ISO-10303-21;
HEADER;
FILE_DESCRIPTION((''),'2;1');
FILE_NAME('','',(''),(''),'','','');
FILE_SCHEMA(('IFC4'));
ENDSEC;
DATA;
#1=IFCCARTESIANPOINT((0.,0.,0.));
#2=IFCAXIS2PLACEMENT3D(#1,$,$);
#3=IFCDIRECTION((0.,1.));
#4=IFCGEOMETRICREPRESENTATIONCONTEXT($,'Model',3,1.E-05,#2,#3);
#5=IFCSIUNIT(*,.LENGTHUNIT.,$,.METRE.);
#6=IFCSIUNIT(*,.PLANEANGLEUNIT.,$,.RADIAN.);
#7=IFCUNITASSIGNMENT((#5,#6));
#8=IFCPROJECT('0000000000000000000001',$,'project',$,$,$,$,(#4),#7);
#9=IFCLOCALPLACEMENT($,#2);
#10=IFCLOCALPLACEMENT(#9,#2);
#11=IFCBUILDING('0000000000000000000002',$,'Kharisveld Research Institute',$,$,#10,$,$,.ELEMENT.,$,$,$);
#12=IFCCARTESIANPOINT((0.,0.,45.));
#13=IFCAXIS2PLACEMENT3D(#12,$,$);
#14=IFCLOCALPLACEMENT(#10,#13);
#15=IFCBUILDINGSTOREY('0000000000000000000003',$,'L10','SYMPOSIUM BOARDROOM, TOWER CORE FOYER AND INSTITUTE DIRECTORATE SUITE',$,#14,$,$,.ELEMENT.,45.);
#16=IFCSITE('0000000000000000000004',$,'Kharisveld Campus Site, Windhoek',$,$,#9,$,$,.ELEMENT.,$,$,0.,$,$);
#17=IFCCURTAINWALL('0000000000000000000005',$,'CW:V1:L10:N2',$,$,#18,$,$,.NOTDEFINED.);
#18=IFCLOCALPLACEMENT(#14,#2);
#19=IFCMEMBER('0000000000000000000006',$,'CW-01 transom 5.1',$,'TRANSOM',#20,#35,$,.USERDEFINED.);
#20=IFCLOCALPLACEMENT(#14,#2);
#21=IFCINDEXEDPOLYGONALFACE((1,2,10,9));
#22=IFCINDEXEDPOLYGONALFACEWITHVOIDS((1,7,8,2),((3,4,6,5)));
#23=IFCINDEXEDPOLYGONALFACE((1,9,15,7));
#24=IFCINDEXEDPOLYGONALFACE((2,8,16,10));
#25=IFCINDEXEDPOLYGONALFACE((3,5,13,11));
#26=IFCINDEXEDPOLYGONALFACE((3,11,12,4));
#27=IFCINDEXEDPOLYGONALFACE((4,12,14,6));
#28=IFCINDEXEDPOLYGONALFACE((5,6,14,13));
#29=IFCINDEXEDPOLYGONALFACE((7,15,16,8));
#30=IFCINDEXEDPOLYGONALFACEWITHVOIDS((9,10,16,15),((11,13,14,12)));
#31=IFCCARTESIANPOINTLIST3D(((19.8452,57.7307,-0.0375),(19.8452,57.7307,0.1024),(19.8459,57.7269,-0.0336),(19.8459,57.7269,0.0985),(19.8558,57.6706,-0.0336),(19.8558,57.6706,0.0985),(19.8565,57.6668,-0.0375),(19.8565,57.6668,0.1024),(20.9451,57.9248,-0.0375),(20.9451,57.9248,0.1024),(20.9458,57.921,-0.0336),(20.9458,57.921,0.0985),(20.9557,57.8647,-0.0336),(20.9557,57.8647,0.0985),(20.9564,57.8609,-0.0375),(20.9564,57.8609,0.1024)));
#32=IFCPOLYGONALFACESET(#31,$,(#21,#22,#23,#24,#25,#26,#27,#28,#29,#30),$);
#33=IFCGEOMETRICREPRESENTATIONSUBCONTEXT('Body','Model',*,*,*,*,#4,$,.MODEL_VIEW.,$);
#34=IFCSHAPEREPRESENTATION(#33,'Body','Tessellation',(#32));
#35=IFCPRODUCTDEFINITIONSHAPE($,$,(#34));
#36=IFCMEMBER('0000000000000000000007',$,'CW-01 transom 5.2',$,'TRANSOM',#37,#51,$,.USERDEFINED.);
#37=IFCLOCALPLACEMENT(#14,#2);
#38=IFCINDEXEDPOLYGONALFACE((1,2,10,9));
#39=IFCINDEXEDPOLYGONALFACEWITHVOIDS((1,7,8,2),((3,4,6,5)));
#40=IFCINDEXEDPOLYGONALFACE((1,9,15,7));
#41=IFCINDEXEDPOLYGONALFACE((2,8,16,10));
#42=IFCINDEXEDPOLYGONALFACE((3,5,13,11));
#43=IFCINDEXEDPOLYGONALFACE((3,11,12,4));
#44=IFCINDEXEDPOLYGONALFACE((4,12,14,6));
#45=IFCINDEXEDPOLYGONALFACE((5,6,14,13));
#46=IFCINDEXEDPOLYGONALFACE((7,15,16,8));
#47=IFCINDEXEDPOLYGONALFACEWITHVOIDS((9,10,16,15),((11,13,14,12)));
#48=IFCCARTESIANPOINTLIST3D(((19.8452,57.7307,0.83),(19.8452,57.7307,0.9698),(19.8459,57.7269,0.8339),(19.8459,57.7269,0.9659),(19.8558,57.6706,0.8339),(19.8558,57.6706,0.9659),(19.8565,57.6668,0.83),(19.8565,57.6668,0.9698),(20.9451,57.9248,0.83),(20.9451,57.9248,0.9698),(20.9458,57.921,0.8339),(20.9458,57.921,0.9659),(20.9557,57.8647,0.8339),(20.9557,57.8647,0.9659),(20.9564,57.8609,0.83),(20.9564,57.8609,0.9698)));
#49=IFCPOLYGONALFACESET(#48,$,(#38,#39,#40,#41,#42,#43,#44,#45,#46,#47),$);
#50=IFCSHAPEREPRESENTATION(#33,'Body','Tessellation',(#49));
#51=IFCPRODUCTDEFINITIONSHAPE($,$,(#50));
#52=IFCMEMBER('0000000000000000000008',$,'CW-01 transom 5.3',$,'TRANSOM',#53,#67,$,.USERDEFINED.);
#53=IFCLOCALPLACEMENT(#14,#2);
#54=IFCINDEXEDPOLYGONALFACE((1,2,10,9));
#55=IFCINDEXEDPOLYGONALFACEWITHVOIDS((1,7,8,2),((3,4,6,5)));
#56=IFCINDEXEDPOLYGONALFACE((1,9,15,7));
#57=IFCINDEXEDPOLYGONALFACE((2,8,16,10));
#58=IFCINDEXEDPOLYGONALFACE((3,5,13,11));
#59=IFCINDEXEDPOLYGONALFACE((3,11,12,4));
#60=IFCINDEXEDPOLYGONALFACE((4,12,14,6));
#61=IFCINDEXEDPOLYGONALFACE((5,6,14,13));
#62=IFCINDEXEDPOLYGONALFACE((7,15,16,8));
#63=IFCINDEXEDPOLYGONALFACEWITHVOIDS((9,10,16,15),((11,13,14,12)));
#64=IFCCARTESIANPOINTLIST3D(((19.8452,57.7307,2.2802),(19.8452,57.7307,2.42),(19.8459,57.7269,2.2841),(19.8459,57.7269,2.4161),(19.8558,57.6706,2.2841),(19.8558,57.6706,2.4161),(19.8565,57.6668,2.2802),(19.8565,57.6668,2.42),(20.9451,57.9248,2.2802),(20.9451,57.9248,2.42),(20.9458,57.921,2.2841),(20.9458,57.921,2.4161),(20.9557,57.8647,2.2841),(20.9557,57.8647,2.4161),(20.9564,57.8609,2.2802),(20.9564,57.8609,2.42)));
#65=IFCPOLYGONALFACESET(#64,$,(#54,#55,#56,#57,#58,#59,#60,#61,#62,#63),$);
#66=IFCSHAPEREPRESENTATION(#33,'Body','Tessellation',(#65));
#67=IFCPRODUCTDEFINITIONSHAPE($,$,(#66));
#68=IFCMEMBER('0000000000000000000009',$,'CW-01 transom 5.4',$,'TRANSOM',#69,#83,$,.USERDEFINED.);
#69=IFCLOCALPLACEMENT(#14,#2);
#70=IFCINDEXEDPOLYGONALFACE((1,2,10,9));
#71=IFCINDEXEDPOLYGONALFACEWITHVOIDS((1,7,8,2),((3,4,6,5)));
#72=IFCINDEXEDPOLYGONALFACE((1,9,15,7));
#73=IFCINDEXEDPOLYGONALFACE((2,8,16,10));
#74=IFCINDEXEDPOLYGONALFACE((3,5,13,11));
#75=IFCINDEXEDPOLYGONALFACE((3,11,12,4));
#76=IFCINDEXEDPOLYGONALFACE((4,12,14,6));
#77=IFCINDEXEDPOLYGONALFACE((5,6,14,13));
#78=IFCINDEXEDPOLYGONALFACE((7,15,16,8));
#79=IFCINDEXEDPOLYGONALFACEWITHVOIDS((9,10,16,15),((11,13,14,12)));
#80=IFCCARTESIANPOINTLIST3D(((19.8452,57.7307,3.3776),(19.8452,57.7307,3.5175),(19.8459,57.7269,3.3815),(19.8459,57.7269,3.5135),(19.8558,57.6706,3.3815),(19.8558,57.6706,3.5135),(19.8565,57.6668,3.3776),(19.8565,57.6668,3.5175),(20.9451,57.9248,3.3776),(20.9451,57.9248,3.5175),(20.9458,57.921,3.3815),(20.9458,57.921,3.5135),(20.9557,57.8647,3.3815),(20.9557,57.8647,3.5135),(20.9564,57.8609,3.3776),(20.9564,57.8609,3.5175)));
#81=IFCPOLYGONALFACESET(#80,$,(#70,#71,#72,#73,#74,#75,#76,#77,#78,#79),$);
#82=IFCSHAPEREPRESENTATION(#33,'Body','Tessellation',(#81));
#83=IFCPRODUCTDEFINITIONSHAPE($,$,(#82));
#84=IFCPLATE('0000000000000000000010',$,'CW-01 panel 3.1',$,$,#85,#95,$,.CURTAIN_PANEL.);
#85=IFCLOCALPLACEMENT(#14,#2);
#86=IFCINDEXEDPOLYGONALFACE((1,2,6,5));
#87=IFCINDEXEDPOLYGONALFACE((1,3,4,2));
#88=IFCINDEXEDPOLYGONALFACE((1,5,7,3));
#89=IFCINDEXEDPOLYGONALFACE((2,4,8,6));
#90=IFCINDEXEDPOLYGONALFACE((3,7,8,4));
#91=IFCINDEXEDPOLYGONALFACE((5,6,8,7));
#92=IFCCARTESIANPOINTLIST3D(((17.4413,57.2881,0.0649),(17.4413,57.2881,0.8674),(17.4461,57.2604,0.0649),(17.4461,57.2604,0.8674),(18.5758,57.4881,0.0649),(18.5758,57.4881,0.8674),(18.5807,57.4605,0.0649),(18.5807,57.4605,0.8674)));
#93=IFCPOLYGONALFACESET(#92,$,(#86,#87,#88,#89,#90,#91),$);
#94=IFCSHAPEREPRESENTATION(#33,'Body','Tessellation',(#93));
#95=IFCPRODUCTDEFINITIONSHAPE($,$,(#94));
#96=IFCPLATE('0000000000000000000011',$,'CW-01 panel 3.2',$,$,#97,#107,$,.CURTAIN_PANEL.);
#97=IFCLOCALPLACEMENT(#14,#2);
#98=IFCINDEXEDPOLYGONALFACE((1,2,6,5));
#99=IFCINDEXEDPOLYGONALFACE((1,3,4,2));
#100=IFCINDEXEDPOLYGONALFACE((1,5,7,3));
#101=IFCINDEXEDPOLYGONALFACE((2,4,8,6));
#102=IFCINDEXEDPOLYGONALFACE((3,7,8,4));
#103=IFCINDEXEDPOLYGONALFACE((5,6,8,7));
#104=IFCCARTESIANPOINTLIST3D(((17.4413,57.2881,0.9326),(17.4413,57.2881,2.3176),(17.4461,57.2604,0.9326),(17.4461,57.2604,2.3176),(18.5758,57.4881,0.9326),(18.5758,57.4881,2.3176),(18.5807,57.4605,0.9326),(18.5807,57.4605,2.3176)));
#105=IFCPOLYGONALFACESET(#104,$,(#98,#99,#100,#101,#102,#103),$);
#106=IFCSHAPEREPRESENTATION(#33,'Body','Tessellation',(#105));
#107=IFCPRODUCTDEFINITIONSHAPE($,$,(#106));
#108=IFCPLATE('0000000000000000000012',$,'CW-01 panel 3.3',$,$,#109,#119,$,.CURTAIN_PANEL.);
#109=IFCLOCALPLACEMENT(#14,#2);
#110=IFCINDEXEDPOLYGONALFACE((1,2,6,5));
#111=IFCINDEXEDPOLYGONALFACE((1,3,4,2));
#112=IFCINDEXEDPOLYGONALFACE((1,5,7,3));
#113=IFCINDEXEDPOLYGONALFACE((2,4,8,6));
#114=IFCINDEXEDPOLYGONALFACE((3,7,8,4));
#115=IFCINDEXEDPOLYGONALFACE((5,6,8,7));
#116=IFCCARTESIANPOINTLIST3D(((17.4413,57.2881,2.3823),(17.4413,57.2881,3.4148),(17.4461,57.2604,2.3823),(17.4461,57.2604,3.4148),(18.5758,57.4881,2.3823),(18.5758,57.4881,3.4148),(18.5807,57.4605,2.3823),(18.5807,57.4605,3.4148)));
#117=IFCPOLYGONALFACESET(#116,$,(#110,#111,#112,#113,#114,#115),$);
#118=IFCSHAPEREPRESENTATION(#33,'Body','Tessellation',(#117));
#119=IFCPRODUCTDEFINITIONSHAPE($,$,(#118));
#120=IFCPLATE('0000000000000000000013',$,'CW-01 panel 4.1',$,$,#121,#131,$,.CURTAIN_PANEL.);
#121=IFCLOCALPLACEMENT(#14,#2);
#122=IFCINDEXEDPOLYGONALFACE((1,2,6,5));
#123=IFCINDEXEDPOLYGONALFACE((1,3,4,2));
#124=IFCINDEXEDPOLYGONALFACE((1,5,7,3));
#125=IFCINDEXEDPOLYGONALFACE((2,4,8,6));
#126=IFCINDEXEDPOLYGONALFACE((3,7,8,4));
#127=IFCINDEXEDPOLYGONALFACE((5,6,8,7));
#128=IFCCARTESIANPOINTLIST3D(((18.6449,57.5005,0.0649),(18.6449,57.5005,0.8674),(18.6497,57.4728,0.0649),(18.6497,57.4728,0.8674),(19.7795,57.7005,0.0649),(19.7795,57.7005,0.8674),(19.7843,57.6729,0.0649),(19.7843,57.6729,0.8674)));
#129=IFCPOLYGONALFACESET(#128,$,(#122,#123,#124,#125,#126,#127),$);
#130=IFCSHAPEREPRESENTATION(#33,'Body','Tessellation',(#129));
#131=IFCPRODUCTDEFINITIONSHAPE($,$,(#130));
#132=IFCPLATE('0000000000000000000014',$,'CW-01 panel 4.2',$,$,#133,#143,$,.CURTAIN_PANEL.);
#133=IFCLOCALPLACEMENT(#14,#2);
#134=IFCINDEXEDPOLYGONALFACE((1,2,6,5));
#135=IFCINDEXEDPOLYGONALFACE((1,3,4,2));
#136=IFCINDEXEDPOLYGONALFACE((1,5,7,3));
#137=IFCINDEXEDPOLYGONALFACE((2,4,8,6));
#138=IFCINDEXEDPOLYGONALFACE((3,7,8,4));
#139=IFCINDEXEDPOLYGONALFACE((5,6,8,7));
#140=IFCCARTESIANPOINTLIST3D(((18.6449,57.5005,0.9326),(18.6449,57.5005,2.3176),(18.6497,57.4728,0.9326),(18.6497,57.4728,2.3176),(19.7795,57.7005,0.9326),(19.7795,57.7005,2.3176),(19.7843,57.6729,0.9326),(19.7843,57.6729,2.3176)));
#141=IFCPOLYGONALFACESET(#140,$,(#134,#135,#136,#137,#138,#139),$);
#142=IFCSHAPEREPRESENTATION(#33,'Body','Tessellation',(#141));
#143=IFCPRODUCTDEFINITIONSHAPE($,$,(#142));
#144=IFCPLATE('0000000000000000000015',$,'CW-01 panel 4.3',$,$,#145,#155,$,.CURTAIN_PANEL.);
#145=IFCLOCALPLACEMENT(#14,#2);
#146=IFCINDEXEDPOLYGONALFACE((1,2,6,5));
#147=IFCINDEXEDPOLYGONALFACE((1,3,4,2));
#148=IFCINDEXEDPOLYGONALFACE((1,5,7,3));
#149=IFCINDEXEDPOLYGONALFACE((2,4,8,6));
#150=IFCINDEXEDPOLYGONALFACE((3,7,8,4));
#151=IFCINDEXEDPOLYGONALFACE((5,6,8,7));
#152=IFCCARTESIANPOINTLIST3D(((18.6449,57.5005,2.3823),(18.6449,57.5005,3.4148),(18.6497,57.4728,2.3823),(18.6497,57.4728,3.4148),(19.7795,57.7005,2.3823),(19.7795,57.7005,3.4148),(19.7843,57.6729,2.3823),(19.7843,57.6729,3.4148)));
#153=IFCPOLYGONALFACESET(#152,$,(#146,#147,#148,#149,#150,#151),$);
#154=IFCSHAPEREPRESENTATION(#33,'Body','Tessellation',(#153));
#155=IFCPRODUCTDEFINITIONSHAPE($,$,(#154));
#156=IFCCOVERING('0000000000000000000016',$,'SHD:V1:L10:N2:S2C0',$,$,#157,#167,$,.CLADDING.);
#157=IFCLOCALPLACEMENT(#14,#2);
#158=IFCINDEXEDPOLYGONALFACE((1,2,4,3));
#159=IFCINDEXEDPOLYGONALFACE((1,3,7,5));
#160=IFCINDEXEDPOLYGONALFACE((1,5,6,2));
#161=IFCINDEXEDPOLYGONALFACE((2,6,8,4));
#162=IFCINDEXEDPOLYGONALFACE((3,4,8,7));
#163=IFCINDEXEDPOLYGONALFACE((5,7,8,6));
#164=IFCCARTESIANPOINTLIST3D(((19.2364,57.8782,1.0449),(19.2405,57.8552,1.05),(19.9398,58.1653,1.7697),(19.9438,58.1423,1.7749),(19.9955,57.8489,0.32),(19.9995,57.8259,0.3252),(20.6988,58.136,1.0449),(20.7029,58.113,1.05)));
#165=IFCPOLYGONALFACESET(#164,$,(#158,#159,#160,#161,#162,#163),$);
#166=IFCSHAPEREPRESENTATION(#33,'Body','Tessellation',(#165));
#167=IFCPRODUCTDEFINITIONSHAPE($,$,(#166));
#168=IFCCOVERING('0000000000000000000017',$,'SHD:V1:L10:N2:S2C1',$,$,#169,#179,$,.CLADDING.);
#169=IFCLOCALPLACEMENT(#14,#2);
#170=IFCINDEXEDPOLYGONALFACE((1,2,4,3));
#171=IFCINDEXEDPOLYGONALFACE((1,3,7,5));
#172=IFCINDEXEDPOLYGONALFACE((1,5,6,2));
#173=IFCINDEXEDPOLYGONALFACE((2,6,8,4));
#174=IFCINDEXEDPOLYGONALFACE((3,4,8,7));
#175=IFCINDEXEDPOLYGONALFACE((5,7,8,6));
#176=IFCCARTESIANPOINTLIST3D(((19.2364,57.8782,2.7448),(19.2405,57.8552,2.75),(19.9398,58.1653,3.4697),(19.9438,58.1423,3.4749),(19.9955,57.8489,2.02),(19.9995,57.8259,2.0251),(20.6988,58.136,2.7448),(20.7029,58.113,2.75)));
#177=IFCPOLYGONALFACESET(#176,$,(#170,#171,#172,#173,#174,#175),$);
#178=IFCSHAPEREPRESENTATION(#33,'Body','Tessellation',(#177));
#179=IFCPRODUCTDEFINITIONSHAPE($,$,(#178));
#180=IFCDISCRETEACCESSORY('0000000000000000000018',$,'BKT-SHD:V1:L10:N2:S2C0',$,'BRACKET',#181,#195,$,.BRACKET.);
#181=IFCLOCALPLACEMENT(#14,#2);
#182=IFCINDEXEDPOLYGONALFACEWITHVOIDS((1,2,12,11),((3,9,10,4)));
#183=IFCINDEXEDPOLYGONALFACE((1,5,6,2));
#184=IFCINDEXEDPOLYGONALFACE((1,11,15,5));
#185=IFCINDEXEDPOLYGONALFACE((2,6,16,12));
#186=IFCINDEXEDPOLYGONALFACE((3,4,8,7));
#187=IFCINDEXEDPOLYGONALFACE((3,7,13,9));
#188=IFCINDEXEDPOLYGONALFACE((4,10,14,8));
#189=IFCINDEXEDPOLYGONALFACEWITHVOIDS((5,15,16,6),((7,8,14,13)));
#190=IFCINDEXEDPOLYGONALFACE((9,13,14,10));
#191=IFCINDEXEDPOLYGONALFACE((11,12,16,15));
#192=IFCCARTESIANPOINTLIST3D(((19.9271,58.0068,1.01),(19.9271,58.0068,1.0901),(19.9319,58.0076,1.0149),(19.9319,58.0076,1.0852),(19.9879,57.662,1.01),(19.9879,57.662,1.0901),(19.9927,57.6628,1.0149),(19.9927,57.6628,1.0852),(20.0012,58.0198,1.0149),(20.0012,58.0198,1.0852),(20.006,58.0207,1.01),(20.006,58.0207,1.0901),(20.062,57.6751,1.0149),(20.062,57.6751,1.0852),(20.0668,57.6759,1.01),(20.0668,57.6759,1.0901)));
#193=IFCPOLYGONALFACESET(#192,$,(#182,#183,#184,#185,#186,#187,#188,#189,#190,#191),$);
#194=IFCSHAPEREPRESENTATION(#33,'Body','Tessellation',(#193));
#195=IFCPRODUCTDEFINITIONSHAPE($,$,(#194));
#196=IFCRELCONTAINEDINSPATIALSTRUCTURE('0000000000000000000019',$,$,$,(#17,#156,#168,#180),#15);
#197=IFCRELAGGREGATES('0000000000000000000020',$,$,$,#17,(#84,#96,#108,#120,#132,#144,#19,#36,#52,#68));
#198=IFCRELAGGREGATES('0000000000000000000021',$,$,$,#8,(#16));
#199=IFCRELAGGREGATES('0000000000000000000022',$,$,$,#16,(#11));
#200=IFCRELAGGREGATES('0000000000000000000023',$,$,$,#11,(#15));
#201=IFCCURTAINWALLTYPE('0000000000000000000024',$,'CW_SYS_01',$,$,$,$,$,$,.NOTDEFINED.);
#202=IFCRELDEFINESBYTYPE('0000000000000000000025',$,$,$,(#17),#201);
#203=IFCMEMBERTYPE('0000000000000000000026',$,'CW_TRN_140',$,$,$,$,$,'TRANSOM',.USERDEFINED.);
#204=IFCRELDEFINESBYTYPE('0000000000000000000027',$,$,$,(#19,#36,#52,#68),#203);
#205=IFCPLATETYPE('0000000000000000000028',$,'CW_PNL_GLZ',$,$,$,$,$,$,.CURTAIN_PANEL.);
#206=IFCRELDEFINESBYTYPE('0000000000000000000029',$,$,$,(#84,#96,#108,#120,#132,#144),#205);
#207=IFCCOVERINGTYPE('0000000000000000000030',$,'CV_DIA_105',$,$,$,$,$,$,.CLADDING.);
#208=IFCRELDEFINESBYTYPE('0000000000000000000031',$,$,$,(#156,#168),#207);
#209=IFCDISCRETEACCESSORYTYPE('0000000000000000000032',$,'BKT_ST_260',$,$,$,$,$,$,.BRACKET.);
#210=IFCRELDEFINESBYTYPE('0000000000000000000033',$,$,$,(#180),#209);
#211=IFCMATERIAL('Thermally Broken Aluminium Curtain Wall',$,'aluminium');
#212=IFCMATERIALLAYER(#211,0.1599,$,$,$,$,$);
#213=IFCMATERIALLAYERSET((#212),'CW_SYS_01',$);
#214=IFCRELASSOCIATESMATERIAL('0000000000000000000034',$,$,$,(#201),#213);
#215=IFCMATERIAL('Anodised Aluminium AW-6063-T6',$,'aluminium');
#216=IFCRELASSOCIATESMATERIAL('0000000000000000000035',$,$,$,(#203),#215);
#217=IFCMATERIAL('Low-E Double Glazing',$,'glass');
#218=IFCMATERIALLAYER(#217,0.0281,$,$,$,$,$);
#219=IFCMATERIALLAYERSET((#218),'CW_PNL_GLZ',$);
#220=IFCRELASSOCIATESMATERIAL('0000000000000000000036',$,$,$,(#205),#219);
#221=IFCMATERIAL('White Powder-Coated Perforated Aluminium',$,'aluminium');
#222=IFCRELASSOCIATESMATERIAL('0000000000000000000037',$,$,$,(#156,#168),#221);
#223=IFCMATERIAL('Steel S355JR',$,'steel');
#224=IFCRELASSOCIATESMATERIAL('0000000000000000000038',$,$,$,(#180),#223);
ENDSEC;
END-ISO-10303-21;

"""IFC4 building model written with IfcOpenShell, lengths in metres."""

from ifc_helpers import new_model, si_unit, direction, frame, origin, origin_2d, place, context, subcontext, project, spatial, polyline, rectangle, hollow_rectangle, outline, extrude, material, layer, layer_set, material_profile, profile_set, type_object, element, aggregate, save


model = new_model("IFC4")

# Units and contexts
model_context = context("Model", 3, precision=1e-05, world=origin(), true_north=direction((0.0, 1.0)))
body_context = subcontext(model_context, "Body", "Model", "MODEL_VIEW")
ifc_project = project(units=[si_unit("LENGTHUNIT", "METRE"), si_unit("PLANEANGLEUNIT", "RADIAN")], contexts=[model_context])

# Site, building, storey
site_placement = place(None, origin())
site = spatial("IfcSite", under=ifc_project, at=site_placement, Name="Kharisveld Campus Site, Windhoek", CompositionType="ELEMENT", RefElevation=0.0)
building_placement = place(site_placement, origin())
building = spatial("IfcBuilding", under=site, at=building_placement, Name="Kharisveld Research Institute", CompositionType="ELEMENT")
storey_placement = place(building_placement, frame((0.0, 0.0, 45.0)))
storey = spatial("IfcBuildingStorey", under=building, at=storey_placement, Name="L10", Description="SYMPOSIUM BOARDROOM, TOWER CORE FOYER AND INSTITUTE DIRECTORATE SUITE", CompositionType="ELEMENT", Elevation=45.0)

# Curtain wall, members, plates
ifc_material_1 = material(Name="Thermally Broken Aluminium Curtain Wall", Category="aluminium")
ifc_layer_1 = layer(ifc_material_1, 0.1599)
ifc_layer_set_1 = layer_set([ifc_layer_1], Name="CW_SYS_01")
curtain_wall_type = type_object("IfcCurtainWallType", Name="CW_SYS_01", PredefinedType="NOTDEFINED", material=ifc_layer_set_1)
curtain_wall_placement = place(storey_placement, origin())
curtain_wall = element("IfcCurtainWall", 1, at=curtain_wall_placement, inside=storey, type_object=curtain_wall_type, Name="CW:V1:L10:N2", PredefinedType="NOTDEFINED")
ifc_material_2 = material(Name="Anodised Aluminium AW-6063-T6", Category="aluminium")
ifc_material_profile_1 = material_profile(ifc_material_2, hollow_rectangle(XDim=0.0649, YDim=0.1399, WallThickness=0.0039, at=origin_2d()))
ifc_profile_set_1 = profile_set([ifc_material_profile_1], Name="Anodised Aluminium AW-6063-T6")
member_type_1 = type_object("IfcMemberType", Name="CW_TRN_140", ElementType="TRANSOM", PredefinedType="USERDEFINED", material=ifc_profile_set_1)
member_1_placement = place(storey_placement, frame((19.8508, 57.6987, 0.0325), z_axis=(0.984784, 0.173785, 0.0), x_axis=(-0.173785, 0.984784, 0.0)))
member_1 = element("IfcMember", 2, at=member_1_placement, type_object=member_type_1, Name="CW-01 transom 5.1", ObjectType="TRANSOM", PredefinedType="USERDEFINED", context=body_context, shape_type="SweptSolid", body=[
    extrude(hollow_rectangle(XDim=0.0649, YDim=0.1399, WallThickness=0.0039, at=origin_2d()), origin(), (0.0, 0.0, 1.0), 1.1169),
])
member_2_placement = place(storey_placement, frame((19.8508, 57.6987, 0.8999), z_axis=(0.984784, 0.173785, 0.0), x_axis=(-0.173785, 0.984784, 0.0)))
member_2 = element("IfcMember", 3, at=member_2_placement, type_object=member_type_1, Name="CW-01 transom 5.2", ObjectType="TRANSOM", PredefinedType="USERDEFINED", context=body_context, shape_type="SweptSolid", body=[
    extrude(hollow_rectangle(XDim=0.0649, YDim=0.1399, WallThickness=0.0039, at=origin_2d()), origin(), (0.0, 0.0, 1.0), 1.1169),
])
member_3_placement = place(storey_placement, frame((19.8508, 57.6987, 2.3501), z_axis=(0.984784, 0.173785, 0.0), x_axis=(-0.173785, 0.984784, 0.0)))
member_3 = element("IfcMember", 4, at=member_3_placement, type_object=member_type_1, Name="CW-01 transom 5.3", ObjectType="TRANSOM", PredefinedType="USERDEFINED", context=body_context, shape_type="SweptSolid", body=[
    extrude(hollow_rectangle(XDim=0.0649, YDim=0.1399, WallThickness=0.0039, at=origin_2d()), origin(), (0.0, 0.0, 1.0), 1.1169),
])
member_4_placement = place(storey_placement, frame((19.8508, 57.6987, 3.4475), z_axis=(0.984784, 0.173785, 0.0), x_axis=(-0.173785, 0.984784, 0.0)))
member_4 = element("IfcMember", 5, at=member_4_placement, type_object=member_type_1, Name="CW-01 transom 5.4", ObjectType="TRANSOM", PredefinedType="USERDEFINED", context=body_context, shape_type="SweptSolid", body=[
    extrude(hollow_rectangle(XDim=0.0649, YDim=0.1399, WallThickness=0.0039, at=origin_2d()), origin(), (0.0, 0.0, 1.0), 1.1169),
])
ifc_material_3 = material(Name="Low-E Double Glazing", Category="glass")
ifc_layer_2 = layer(ifc_material_3, 0.0281)
ifc_layer_set_2 = layer_set([ifc_layer_2], Name="CW_PNL_GLZ")
plate_type = type_object("IfcPlateType", Name="CW_PNL_GLZ", PredefinedType="CURTAIN_PANEL", material=ifc_layer_set_2)
plate_1_placement = place(storey_placement, frame((18.011, 57.3743, 0.0649), z_axis=(0.0, 0.0, 1.0), x_axis=(0.984808, 0.173648, 0.0)))
plate_1 = element("IfcPlate", 6, at=plate_1_placement, type_object=plate_type, Name="CW-01 panel 3.1", PredefinedType="CURTAIN_PANEL", context=body_context, shape_type="SweptSolid", body=[
    extrude(rectangle(XDim=1.1521, YDim=0.0281, at=origin_2d()), origin(), (0.0, 0.0, 1.0), 0.8025),
])
plate_2_placement = place(storey_placement, frame((18.011, 57.3743, 0.9326), z_axis=(0.0, 0.0, 1.0), x_axis=(0.984808, 0.173648, 0.0)))
plate_2 = element("IfcPlate", 7, at=plate_2_placement, type_object=plate_type, Name="CW-01 panel 3.2", PredefinedType="CURTAIN_PANEL", context=body_context, shape_type="SweptSolid", body=[
    extrude(rectangle(XDim=1.1521, YDim=0.0281, at=origin_2d()), origin(), (0.0, 0.0, 1.0), 1.385),
])
plate_3_placement = place(storey_placement, frame((18.011, 57.3743, 2.3823), z_axis=(0.0, 0.0, 1.0), x_axis=(0.984808, 0.173648, 0.0)))
plate_3 = element("IfcPlate", 8, at=plate_3_placement, type_object=plate_type, Name="CW-01 panel 3.3", PredefinedType="CURTAIN_PANEL", context=body_context, shape_type="SweptSolid", body=[
    extrude(rectangle(XDim=1.1521, YDim=0.0281, at=origin_2d()), origin(), (0.0, 0.0, 1.0), 1.0325),
])
plate_4_placement = place(storey_placement, frame((19.2146, 57.5867, 0.0649), z_axis=(0.0, 0.0, 1.0), x_axis=(0.984808, 0.173648, 0.0)))
plate_4 = element("IfcPlate", 9, at=plate_4_placement, type_object=plate_type, Name="CW-01 panel 4.1", PredefinedType="CURTAIN_PANEL", context=body_context, shape_type="SweptSolid", body=[
    extrude(rectangle(XDim=1.1521, YDim=0.0281, at=origin_2d()), origin(), (0.0, 0.0, 1.0), 0.8025),
])
plate_5_placement = place(storey_placement, frame((19.2146, 57.5867, 0.9326), z_axis=(0.0, 0.0, 1.0), x_axis=(0.984808, 0.173648, 0.0)))
plate_5 = element("IfcPlate", 10, at=plate_5_placement, type_object=plate_type, Name="CW-01 panel 4.2", PredefinedType="CURTAIN_PANEL", context=body_context, shape_type="SweptSolid", body=[
    extrude(rectangle(XDim=1.1521, YDim=0.0281, at=origin_2d()), origin(), (0.0, 0.0, 1.0), 1.385),
])
plate_6_placement = place(storey_placement, frame((19.2146, 57.5867, 2.3823), z_axis=(0.0, 0.0, 1.0), x_axis=(0.984808, 0.173648, 0.0)))
plate_6 = element("IfcPlate", 11, at=plate_6_placement, type_object=plate_type, Name="CW-01 panel 4.3", PredefinedType="CURTAIN_PANEL", context=body_context, shape_type="SweptSolid", body=[
    extrude(rectangle(XDim=1.1521, YDim=0.0281, at=origin_2d()), origin(), (0.0, 0.0, 1.0), 1.0325),
])
aggregate(curtain_wall, [plate_1, plate_2, plate_3, plate_4, plate_5, plate_6, member_1, member_2, member_3, member_4])

# Coverings
ifc_material_4 = material(Name="White Powder-Coated Perforated Aluminium", Category="aluminium")
covering_type = type_object("IfcCoveringType", Name="CV_DIA_105", PredefinedType="CLADDING")
for number, where, z_axis, x_axis, name in (
    (12, (19.9995, 57.8259, 0.3252), (0.169504, -0.961487, 0.216358), (0.669853, 0.273429, 0.690314), "SHD:V1:L10:N2:S2C0"),
    (13, (19.9995, 57.8259, 2.0251), (0.169504, -0.961487, 0.216358), (0.669853, 0.273429, 0.690314), "SHD:V1:L10:N2:S2C1"),
):
    element("IfcCovering", number, at=place(storey_placement, frame(where, z_axis=z_axis, x_axis=x_axis)), inside=storey, type_object=covering_type, material=ifc_material_4, Name=name, PredefinedType="CLADDING", context=body_context, shape_type="SweptSolid", body=[
        extrude(outline(polyline([(0.0, 0.0), (1.05, 0.0), (1.05, 1.05), (-0.0001, 1.05), (0.0, 0.0)])), origin(), (0.0, 0.0, -1.0), 0.0239),
    ])

# Discrete accessory
ifc_material_5 = material(Name="Steel S355JR", Category="steel")
discrete_accessory_type = type_object("IfcDiscreteAccessoryType", Name="BKT_ST_260", PredefinedType="BRACKET")
for number, where, z_axis, x_axis, name in (
    (14, (20.0273, 57.6689, 1.05), (-0.173666, 0.984805, 0.0), (-0.984805, -0.173666, 0.0), "BKT-SHD:V1:L10:N2:S2C0"),
):
    element("IfcDiscreteAccessory", number, at=place(storey_placement, frame(where, z_axis=z_axis, x_axis=x_axis)), inside=storey, type_object=discrete_accessory_type, material=ifc_material_5, Name=name, ObjectType="BRACKET", PredefinedType="BRACKET", context=body_context, shape_type="SweptSolid", body=[
        extrude(hollow_rectangle(XDim=0.0801, YDim=0.0801, WallThickness=0.0049, at=origin_2d()), origin(), (0.0, 0.0, 1.0), 0.3501),
    ])

save(model, "model.ifc")
